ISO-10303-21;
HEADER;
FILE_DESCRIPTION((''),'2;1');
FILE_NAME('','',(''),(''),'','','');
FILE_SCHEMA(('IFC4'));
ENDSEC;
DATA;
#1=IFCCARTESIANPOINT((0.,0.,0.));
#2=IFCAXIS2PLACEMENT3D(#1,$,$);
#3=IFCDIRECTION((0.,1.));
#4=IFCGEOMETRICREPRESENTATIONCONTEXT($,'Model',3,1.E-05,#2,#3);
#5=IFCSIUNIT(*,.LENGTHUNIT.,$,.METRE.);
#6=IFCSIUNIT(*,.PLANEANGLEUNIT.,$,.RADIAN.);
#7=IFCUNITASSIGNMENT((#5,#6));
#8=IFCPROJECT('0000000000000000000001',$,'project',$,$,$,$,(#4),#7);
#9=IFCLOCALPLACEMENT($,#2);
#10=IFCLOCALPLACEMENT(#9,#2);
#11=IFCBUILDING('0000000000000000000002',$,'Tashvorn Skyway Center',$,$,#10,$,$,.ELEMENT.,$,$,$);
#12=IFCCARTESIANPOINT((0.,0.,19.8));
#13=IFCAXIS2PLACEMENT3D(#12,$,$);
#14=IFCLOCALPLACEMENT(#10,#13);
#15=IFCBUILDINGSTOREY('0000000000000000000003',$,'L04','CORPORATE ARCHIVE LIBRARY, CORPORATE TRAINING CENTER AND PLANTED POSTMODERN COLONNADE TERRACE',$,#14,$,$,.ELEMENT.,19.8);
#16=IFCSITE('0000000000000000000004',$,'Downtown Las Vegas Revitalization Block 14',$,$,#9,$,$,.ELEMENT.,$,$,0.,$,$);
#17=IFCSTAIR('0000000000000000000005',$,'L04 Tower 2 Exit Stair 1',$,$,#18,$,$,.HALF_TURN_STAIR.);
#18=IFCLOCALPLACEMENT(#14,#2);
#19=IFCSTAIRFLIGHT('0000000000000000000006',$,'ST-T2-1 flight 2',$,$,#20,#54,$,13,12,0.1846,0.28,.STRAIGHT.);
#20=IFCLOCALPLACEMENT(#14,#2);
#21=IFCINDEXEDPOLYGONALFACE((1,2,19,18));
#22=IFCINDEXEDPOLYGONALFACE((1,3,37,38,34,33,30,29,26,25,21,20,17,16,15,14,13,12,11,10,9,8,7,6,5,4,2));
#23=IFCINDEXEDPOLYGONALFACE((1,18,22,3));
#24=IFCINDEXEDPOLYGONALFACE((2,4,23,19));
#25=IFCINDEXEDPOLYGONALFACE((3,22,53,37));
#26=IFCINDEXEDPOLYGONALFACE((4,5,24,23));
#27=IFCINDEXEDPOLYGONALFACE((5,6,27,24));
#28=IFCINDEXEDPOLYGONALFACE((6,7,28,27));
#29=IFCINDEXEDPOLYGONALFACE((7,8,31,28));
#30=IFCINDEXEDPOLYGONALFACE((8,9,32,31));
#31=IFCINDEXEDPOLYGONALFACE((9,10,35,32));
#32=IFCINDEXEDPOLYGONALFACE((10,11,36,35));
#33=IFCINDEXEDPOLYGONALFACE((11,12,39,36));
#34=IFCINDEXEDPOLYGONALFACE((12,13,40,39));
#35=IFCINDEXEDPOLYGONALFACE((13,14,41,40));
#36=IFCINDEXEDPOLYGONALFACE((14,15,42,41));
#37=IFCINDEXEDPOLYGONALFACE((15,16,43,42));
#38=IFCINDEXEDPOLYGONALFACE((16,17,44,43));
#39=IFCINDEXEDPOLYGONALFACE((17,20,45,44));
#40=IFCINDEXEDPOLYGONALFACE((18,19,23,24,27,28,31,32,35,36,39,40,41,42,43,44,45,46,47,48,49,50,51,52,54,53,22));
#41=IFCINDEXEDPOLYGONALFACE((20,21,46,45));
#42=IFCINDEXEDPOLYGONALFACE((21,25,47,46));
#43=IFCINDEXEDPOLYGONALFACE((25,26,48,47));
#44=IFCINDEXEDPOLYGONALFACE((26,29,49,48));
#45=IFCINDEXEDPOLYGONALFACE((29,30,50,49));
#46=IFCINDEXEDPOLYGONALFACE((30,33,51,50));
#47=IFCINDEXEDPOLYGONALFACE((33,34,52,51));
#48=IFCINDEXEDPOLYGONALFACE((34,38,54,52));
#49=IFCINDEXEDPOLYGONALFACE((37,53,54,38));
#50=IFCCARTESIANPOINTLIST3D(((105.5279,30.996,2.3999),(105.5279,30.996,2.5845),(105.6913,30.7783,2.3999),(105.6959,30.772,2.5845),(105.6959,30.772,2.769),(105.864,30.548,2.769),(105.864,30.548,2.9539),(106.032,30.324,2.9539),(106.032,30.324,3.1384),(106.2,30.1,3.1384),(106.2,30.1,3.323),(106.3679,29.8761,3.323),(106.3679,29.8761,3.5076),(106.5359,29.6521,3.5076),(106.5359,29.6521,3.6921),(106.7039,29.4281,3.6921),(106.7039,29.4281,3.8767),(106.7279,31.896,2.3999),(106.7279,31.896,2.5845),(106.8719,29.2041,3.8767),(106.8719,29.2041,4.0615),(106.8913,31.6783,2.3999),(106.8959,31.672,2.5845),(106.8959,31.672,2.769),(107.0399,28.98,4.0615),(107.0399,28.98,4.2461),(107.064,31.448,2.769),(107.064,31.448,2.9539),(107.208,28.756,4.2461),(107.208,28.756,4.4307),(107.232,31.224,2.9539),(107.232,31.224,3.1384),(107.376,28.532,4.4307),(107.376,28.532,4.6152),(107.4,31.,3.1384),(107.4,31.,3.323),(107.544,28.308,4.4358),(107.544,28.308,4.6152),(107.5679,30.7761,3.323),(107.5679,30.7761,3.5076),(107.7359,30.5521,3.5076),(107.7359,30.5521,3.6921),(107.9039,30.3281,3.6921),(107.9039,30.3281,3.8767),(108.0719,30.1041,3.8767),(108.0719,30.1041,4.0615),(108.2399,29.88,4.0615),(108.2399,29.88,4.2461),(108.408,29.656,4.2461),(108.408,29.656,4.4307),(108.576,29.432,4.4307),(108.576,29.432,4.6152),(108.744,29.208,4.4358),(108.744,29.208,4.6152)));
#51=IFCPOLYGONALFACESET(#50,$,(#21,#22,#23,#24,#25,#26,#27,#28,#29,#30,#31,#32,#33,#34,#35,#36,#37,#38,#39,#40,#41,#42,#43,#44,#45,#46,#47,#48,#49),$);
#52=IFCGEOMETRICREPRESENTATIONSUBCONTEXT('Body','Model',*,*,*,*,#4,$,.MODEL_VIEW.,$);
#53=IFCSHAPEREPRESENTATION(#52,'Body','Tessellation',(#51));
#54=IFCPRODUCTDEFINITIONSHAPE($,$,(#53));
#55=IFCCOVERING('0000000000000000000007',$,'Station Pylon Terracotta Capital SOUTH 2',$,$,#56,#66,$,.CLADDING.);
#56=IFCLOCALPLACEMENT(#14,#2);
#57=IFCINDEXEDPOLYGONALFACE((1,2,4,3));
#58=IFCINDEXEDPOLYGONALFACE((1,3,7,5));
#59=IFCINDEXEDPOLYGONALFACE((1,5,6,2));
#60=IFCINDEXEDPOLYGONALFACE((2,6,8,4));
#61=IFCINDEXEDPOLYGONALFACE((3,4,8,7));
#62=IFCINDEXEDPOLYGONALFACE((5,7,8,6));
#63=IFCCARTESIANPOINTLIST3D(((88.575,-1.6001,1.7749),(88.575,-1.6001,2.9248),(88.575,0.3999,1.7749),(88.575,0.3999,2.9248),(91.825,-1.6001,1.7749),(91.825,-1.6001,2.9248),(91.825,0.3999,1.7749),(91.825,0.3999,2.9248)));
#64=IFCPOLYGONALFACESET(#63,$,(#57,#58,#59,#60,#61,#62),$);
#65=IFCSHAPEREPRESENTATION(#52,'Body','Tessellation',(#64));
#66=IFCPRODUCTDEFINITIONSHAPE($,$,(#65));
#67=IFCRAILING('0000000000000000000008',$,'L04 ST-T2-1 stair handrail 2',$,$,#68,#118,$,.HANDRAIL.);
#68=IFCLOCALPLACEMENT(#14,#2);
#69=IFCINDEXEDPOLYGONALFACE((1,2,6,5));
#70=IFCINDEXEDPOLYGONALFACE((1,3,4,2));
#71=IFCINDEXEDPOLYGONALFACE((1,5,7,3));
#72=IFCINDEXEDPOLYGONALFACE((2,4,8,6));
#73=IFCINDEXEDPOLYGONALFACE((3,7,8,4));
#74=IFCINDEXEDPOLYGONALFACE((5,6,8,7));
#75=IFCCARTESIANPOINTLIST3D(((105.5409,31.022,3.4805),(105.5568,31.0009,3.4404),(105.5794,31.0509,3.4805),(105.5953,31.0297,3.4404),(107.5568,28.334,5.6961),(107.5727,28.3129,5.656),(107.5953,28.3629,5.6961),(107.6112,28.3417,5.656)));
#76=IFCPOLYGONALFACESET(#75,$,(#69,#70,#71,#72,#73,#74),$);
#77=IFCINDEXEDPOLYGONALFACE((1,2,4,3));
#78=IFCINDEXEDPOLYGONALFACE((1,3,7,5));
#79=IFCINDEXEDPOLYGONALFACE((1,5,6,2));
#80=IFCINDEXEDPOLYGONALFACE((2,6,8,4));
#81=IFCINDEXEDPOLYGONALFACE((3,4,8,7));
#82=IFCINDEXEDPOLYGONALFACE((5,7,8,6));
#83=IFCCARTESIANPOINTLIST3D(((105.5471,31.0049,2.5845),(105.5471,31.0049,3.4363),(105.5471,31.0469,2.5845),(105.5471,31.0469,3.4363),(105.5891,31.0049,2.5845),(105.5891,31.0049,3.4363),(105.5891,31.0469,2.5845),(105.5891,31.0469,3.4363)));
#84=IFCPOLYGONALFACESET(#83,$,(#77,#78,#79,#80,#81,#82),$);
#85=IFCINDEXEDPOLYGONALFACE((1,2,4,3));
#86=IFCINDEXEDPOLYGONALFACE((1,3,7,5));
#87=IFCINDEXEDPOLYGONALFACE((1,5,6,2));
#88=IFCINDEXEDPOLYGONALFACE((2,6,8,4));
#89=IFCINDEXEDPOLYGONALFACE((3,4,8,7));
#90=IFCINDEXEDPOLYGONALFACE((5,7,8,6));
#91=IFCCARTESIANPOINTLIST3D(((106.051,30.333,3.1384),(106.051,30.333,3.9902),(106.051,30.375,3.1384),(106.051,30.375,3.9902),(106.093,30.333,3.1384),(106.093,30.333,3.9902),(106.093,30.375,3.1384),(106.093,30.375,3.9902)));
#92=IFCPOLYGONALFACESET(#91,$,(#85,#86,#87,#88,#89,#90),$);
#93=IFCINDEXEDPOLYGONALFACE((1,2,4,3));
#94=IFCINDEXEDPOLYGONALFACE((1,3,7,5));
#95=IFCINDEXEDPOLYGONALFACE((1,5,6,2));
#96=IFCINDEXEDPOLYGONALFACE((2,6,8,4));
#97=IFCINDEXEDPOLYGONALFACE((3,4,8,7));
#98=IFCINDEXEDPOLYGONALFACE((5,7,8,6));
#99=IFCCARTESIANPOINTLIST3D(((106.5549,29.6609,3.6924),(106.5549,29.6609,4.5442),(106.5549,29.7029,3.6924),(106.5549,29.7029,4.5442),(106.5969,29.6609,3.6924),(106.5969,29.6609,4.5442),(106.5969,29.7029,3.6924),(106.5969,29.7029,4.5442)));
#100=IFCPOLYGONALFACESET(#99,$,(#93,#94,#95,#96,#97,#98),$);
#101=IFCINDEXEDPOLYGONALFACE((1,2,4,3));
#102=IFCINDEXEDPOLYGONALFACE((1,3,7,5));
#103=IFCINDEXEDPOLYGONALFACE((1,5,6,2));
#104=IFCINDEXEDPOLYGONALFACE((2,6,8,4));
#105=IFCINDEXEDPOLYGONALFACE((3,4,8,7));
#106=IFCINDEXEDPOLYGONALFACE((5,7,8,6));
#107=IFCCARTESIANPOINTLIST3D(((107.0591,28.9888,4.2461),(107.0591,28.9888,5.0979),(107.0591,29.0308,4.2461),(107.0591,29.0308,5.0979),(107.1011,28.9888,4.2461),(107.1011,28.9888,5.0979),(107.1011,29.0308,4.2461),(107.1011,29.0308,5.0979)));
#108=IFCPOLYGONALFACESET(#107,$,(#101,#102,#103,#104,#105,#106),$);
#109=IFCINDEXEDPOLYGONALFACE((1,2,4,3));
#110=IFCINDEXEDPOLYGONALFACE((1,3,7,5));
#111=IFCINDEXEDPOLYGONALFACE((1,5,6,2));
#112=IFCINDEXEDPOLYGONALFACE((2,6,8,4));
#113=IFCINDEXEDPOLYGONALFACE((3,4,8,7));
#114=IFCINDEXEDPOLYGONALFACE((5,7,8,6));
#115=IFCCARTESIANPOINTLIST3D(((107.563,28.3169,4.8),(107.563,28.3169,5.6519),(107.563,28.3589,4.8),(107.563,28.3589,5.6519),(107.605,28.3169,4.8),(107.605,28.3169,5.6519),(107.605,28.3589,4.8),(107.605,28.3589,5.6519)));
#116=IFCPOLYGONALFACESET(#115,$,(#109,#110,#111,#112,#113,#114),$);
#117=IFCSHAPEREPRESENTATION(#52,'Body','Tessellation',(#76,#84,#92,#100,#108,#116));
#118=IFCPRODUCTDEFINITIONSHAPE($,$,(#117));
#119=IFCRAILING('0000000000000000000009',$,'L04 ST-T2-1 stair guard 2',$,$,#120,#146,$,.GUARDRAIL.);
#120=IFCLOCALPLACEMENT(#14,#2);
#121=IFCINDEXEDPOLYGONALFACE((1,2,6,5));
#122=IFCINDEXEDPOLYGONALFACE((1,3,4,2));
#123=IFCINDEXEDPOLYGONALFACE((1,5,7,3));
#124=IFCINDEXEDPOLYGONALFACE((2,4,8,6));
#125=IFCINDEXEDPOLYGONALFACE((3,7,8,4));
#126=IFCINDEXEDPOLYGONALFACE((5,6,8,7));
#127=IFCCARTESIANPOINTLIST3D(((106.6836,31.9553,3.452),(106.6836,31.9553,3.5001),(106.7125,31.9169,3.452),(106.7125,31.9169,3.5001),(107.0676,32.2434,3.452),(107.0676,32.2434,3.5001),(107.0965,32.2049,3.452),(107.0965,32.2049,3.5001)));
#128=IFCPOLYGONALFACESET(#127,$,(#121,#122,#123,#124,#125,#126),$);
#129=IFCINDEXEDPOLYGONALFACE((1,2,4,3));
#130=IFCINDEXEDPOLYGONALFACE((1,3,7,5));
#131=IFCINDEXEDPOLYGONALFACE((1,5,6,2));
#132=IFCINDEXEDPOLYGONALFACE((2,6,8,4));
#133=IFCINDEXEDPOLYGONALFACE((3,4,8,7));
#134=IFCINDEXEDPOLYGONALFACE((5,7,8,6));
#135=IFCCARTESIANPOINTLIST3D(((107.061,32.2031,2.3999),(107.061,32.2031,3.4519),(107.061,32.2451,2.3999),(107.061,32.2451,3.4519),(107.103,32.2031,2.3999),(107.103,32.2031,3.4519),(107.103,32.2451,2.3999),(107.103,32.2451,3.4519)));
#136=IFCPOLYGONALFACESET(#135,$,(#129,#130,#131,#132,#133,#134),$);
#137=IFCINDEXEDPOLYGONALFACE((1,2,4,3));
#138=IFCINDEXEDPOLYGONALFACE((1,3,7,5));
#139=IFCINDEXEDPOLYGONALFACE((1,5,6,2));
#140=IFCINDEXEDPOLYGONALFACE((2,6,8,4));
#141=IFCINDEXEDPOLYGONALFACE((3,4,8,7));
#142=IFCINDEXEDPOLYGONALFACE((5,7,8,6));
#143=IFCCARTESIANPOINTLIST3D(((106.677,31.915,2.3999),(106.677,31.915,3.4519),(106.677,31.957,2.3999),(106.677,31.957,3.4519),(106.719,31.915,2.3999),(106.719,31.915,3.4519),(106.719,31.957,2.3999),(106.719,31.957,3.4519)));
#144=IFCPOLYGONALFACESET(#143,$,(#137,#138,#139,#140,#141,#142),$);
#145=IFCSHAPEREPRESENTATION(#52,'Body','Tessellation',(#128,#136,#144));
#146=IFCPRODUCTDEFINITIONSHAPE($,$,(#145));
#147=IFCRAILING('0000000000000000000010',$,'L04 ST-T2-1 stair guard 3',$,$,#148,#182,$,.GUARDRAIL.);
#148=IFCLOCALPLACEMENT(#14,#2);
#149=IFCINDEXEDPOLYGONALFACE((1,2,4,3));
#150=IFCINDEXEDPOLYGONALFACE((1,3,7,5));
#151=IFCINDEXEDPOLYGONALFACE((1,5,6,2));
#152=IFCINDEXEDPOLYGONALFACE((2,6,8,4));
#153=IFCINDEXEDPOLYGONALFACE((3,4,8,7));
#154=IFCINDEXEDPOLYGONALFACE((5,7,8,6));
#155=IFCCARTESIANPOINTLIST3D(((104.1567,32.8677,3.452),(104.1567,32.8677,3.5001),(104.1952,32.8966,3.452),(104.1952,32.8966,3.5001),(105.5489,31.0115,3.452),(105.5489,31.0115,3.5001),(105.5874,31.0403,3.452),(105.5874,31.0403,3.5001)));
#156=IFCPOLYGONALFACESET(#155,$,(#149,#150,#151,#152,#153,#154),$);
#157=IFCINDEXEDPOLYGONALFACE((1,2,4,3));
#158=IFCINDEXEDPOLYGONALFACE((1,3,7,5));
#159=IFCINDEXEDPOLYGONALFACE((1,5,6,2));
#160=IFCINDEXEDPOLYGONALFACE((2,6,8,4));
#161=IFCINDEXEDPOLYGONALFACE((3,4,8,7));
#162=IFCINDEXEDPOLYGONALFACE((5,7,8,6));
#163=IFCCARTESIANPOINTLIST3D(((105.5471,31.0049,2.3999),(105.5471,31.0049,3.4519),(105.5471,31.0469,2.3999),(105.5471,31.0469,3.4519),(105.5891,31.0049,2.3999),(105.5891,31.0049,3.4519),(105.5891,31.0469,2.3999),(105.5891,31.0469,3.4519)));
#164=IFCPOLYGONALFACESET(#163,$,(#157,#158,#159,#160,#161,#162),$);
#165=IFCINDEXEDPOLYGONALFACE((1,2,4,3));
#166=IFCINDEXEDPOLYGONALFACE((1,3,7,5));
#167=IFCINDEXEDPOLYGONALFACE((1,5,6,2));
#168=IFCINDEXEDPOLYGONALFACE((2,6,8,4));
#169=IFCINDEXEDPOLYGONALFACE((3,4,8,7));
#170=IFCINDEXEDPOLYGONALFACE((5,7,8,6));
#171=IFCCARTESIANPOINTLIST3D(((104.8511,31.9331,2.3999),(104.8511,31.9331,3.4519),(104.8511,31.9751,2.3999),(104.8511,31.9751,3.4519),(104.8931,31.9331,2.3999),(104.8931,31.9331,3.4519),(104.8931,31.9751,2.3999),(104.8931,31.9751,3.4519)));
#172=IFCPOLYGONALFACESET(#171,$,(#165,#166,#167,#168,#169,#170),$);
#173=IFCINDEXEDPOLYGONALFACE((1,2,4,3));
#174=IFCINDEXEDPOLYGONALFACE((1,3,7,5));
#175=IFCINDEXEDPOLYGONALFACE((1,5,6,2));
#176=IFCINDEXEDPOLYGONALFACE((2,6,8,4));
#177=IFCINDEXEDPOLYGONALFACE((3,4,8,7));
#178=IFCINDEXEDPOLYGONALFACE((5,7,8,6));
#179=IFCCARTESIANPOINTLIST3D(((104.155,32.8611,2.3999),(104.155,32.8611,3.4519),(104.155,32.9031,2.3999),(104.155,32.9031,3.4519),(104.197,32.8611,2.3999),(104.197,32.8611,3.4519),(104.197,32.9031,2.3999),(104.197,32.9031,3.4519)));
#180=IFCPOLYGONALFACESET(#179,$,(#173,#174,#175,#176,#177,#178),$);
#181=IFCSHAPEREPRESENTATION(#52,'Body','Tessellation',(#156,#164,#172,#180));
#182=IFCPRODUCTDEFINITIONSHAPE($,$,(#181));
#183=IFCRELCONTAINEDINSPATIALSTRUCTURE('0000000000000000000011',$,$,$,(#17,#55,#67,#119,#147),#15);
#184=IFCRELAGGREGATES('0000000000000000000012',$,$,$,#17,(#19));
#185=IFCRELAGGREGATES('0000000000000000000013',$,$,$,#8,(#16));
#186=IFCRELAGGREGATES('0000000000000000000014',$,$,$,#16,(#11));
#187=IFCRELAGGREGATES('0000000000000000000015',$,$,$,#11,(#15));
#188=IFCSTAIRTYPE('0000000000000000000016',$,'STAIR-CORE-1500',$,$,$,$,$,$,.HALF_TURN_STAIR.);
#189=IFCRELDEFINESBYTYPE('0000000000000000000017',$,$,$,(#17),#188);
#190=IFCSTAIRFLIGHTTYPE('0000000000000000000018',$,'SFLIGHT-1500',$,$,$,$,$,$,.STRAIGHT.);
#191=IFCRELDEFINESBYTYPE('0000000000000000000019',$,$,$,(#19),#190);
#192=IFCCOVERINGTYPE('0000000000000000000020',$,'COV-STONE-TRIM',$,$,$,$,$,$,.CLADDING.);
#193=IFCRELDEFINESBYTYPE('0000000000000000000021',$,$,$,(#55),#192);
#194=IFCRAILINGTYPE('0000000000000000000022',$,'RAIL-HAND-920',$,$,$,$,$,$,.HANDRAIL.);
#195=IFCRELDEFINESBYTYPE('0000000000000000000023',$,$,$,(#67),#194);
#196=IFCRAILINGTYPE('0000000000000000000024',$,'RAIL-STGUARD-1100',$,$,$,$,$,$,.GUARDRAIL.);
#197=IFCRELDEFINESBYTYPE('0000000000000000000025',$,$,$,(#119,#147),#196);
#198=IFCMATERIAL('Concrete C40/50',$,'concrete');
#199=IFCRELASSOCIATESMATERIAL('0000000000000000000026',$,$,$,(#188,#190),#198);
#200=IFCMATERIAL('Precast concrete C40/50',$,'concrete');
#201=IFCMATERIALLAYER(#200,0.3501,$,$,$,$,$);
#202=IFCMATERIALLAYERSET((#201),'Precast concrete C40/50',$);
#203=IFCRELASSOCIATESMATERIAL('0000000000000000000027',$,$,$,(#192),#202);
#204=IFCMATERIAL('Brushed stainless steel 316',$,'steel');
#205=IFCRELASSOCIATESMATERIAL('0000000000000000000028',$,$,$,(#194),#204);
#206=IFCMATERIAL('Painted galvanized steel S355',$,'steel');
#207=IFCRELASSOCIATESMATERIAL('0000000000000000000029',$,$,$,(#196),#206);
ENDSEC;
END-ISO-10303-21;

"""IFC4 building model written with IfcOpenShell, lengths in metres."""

from ifc_helpers import new_model, si_unit, direction, frame, origin, origin_2d, place, context, subcontext, project, spatial, polyline, rectangle, outline, extrude, material, layer, layer_set, type_object, element, aggregate, save


model = new_model("IFC4")

# Units and contexts
model_context = context("Model", 3, precision=1e-05, world=origin(), true_north=direction((0.0, 1.0)))
body_context = subcontext(model_context, "Body", "Model", "MODEL_VIEW")
ifc_project = project(units=[si_unit("LENGTHUNIT", "METRE"), si_unit("PLANEANGLEUNIT", "RADIAN")], contexts=[model_context])

# Site, building, storey
site_placement = place(None, origin())
site = spatial("IfcSite", under=ifc_project, at=site_placement, Name="Downtown Las Vegas Revitalization Block 14", CompositionType="ELEMENT", RefElevation=0.0)
building_placement = place(site_placement, origin())
building = spatial("IfcBuilding", under=site, at=building_placement, Name="Tashvorn Skyway Center", CompositionType="ELEMENT")
storey_placement = place(building_placement, frame((0.0, 0.0, 19.8)))
storey = spatial("IfcBuildingStorey", under=building, at=storey_placement, Name="L04", Description="CORPORATE ARCHIVE LIBRARY, CORPORATE TRAINING CENTER AND PLANTED POSTMODERN COLONNADE TERRACE", CompositionType="ELEMENT", Elevation=19.8)

# Shared definitions
ifc_material_1 = material(Name="Concrete C40/50", Category="concrete")

# Stair, stair flight
stair_type = type_object("IfcStairType", Name="STAIR-CORE-1500", PredefinedType="HALF_TURN_STAIR", material=ifc_material_1)
stair_placement = place(storey_placement, origin())
stair = element("IfcStair", 1, at=stair_placement, inside=storey, type_object=stair_type, Name="L04 Tower 2 Exit Stair 1", PredefinedType="HALF_TURN_STAIR")
stair_flight_type = type_object("IfcStairFlightType", Name="SFLIGHT-1500", PredefinedType="STRAIGHT", material=ifc_material_1)
stair_flight_placement = place(storey_placement, frame((106.1279, 31.446, 2.3999), z_axis=(0.0, 0.0, 1.0), x_axis=(0.6, -0.8, 0.0)))
stair_flight = element("IfcStairFlight", 2, at=stair_flight_placement, type_object=stair_flight_type, Name="ST-T2-1 flight 2", NumberOfRisers=13, NumberOfTreads=12, PredefinedType="STRAIGHT", RiserHeight=0.1846, TreadLength=0.28, context=body_context, shape_type="SweptSolid", body=[
    extrude(outline(polyline([(0.0, 0.0), (0.0, 0.1846), (0.28, 0.1846), (0.28, 0.3691), (0.5601, 0.3691), (0.5601, 0.554), (0.8401, 0.554), (0.8401, 0.7385), (1.1201, 0.7385), (1.1201, 0.9231), (1.3999, 0.9231), (1.3999, 1.1077), (1.6799, 1.1077), (1.6799, 1.2922), (1.96, 1.2922), (1.96, 1.4768), (2.24, 1.4768), (2.24, 1.6616), (2.52, 1.6616), (2.52, 1.8462), (2.8, 1.8462), (2.8, 2.0308), (3.0801, 2.0308), (3.0801, 2.2153), (3.3601, 2.2153), (3.3601, 2.3999), (3.3601, 2.0359), (0.2722, 0.0), (0.0, 0.0)])), frame((0.0, 0.75, 0.0), z_axis=(0.0, -1.0, 0.0), x_axis=(1.0, 0.0, 0.0)), (0.0, 0.0, 1.0), 1.5),
])
aggregate(stair, [stair_flight])

# Covering
ifc_material_2 = material(Name="Precast concrete C40/50", Category="concrete")
ifc_layer_1 = layer(ifc_material_2, 0.3501)
ifc_layer_set_1 = layer_set([ifc_layer_1], Name="Precast concrete C40/50")
covering_type = type_object("IfcCoveringType", Name="COV-STONE-TRIM", PredefinedType="CLADDING", material=ifc_layer_set_1)
covering_placement = place(storey_placement, frame((90.2, -0.6001, 1.7749), z_axis=(0.0, 0.0, 1.0), x_axis=(1.0, 0.0, 0.0)))
element("IfcCovering", 3, at=covering_placement, inside=storey, type_object=covering_type, Name="Station Pylon Terracotta Capital SOUTH 2", PredefinedType="CLADDING", context=body_context, shape_type="SweptSolid", body=[
    extrude(rectangle(XDim=3.25, YDim=2.0, at=origin_2d()), origin(), (0.0, 0.0, 1.0), 1.1499),
])

# Railings
ifc_material_3 = material(Name="Brushed stainless steel 316", Category="steel")
railing_type_1 = type_object("IfcRailingType", Name="RAIL-HAND-920", PredefinedType="HANDRAIL", material=ifc_material_3)
railing_1_placement = place(storey_placement, frame((105.5681, 31.0259, 2.5845)))
element("IfcRailing", 4, at=railing_1_placement, inside=storey, type_object=railing_type_1, Name="L04 ST-T2-1 stair handrail 2", PredefinedType="HANDRAIL", context=body_context, shape_type="SweptSolid", body=[
    extrude(rectangle(XDim=0.0481, YDim=0.0481, at=origin_2d()), frame((0.0, 0.0, 0.876), z_axis=(0.500881, -0.667882, 0.550502), x_axis=(0.800017, 0.599977, 0.0)), (0.0, 0.0, 1.0), 4.0247),
    extrude(rectangle(XDim=0.042, YDim=0.042, at=origin_2d()), origin(), (0.0, 0.0, 1.0), 0.8518),
    extrude(rectangle(XDim=0.042, YDim=0.042, at=origin_2d()), frame((0.5039, -0.6719, 0.554)), (0.0, 0.0, 1.0), 0.8518),
    extrude(rectangle(XDim=0.042, YDim=0.042, at=origin_2d()), frame((1.0078, -1.344, 1.1079)), (0.0, 0.0, 1.0), 0.8518),
    extrude(rectangle(XDim=0.042, YDim=0.042, at=origin_2d()), frame((1.512, -2.0161, 1.6616)), (0.0, 0.0, 1.0), 0.8518),
    extrude(rectangle(XDim=0.042, YDim=0.042, at=origin_2d()), frame((2.0159, -2.688, 2.2156)), (0.0, 0.0, 1.0), 0.8518),
])
ifc_material_4 = material(Name="Painted galvanized steel S355", Category="steel")
railing_type_2 = type_object("IfcRailingType", Name="RAIL-STGUARD-1100", PredefinedType="GUARDRAIL", material=ifc_material_4)
railing_2_placement = place(storey_placement, frame((107.082, 32.2241, 2.3999)))
element("IfcRailing", 5, at=railing_2_placement, inside=storey, type_object=railing_type_2, Name="L04 ST-T2-1 stair guard 2", PredefinedType="GUARDRAIL", context=body_context, shape_type="SweptSolid", body=[
    extrude(rectangle(XDim=0.0481, YDim=0.0481, at=origin_2d()), frame((0.0, 0.0, 1.0762), z_axis=(-0.799939, -0.600081, 0.0), x_axis=(0.600081, -0.799939, 0.0)), (0.0, 0.0, 1.0), 0.48),
    extrude(rectangle(XDim=0.042, YDim=0.042, at=origin_2d()), origin(), (0.0, 0.0, 1.0), 1.052),
    extrude(rectangle(XDim=0.042, YDim=0.042, at=origin_2d()), frame((-0.384, -0.2881, 0.0)), (0.0, 0.0, 1.0), 1.052),
])
railing_3_placement = place(storey_placement, frame((105.5681, 31.0259, 2.3999)))
element("IfcRailing", 6, at=railing_3_placement, inside=storey, type_object=railing_type_2, Name="L04 ST-T2-1 stair guard 3", PredefinedType="GUARDRAIL", context=body_context, shape_type="SweptSolid", body=[
    extrude(rectangle(XDim=0.0481, YDim=0.0481, at=origin_2d()), frame((0.0, 0.0, 1.0762), z_axis=(-0.599983, 0.800013, 0.0), x_axis=(-0.800013, -0.599983, 0.0)), (0.0, 0.0, 1.0), 2.3203),
    extrude(rectangle(XDim=0.042, YDim=0.042, at=origin_2d()), origin(), (0.0, 0.0, 1.0), 1.052),
    extrude(rectangle(XDim=0.042, YDim=0.042, at=origin_2d()), frame((-0.696, 0.9282, 0.0)), (0.0, 0.0, 1.0), 1.052),
    extrude(rectangle(XDim=0.042, YDim=0.042, at=origin_2d()), frame((-1.3921, 1.8562, 0.0)), (0.0, 0.0, 1.0), 1.052),
])

save(model, "model.ifc")
